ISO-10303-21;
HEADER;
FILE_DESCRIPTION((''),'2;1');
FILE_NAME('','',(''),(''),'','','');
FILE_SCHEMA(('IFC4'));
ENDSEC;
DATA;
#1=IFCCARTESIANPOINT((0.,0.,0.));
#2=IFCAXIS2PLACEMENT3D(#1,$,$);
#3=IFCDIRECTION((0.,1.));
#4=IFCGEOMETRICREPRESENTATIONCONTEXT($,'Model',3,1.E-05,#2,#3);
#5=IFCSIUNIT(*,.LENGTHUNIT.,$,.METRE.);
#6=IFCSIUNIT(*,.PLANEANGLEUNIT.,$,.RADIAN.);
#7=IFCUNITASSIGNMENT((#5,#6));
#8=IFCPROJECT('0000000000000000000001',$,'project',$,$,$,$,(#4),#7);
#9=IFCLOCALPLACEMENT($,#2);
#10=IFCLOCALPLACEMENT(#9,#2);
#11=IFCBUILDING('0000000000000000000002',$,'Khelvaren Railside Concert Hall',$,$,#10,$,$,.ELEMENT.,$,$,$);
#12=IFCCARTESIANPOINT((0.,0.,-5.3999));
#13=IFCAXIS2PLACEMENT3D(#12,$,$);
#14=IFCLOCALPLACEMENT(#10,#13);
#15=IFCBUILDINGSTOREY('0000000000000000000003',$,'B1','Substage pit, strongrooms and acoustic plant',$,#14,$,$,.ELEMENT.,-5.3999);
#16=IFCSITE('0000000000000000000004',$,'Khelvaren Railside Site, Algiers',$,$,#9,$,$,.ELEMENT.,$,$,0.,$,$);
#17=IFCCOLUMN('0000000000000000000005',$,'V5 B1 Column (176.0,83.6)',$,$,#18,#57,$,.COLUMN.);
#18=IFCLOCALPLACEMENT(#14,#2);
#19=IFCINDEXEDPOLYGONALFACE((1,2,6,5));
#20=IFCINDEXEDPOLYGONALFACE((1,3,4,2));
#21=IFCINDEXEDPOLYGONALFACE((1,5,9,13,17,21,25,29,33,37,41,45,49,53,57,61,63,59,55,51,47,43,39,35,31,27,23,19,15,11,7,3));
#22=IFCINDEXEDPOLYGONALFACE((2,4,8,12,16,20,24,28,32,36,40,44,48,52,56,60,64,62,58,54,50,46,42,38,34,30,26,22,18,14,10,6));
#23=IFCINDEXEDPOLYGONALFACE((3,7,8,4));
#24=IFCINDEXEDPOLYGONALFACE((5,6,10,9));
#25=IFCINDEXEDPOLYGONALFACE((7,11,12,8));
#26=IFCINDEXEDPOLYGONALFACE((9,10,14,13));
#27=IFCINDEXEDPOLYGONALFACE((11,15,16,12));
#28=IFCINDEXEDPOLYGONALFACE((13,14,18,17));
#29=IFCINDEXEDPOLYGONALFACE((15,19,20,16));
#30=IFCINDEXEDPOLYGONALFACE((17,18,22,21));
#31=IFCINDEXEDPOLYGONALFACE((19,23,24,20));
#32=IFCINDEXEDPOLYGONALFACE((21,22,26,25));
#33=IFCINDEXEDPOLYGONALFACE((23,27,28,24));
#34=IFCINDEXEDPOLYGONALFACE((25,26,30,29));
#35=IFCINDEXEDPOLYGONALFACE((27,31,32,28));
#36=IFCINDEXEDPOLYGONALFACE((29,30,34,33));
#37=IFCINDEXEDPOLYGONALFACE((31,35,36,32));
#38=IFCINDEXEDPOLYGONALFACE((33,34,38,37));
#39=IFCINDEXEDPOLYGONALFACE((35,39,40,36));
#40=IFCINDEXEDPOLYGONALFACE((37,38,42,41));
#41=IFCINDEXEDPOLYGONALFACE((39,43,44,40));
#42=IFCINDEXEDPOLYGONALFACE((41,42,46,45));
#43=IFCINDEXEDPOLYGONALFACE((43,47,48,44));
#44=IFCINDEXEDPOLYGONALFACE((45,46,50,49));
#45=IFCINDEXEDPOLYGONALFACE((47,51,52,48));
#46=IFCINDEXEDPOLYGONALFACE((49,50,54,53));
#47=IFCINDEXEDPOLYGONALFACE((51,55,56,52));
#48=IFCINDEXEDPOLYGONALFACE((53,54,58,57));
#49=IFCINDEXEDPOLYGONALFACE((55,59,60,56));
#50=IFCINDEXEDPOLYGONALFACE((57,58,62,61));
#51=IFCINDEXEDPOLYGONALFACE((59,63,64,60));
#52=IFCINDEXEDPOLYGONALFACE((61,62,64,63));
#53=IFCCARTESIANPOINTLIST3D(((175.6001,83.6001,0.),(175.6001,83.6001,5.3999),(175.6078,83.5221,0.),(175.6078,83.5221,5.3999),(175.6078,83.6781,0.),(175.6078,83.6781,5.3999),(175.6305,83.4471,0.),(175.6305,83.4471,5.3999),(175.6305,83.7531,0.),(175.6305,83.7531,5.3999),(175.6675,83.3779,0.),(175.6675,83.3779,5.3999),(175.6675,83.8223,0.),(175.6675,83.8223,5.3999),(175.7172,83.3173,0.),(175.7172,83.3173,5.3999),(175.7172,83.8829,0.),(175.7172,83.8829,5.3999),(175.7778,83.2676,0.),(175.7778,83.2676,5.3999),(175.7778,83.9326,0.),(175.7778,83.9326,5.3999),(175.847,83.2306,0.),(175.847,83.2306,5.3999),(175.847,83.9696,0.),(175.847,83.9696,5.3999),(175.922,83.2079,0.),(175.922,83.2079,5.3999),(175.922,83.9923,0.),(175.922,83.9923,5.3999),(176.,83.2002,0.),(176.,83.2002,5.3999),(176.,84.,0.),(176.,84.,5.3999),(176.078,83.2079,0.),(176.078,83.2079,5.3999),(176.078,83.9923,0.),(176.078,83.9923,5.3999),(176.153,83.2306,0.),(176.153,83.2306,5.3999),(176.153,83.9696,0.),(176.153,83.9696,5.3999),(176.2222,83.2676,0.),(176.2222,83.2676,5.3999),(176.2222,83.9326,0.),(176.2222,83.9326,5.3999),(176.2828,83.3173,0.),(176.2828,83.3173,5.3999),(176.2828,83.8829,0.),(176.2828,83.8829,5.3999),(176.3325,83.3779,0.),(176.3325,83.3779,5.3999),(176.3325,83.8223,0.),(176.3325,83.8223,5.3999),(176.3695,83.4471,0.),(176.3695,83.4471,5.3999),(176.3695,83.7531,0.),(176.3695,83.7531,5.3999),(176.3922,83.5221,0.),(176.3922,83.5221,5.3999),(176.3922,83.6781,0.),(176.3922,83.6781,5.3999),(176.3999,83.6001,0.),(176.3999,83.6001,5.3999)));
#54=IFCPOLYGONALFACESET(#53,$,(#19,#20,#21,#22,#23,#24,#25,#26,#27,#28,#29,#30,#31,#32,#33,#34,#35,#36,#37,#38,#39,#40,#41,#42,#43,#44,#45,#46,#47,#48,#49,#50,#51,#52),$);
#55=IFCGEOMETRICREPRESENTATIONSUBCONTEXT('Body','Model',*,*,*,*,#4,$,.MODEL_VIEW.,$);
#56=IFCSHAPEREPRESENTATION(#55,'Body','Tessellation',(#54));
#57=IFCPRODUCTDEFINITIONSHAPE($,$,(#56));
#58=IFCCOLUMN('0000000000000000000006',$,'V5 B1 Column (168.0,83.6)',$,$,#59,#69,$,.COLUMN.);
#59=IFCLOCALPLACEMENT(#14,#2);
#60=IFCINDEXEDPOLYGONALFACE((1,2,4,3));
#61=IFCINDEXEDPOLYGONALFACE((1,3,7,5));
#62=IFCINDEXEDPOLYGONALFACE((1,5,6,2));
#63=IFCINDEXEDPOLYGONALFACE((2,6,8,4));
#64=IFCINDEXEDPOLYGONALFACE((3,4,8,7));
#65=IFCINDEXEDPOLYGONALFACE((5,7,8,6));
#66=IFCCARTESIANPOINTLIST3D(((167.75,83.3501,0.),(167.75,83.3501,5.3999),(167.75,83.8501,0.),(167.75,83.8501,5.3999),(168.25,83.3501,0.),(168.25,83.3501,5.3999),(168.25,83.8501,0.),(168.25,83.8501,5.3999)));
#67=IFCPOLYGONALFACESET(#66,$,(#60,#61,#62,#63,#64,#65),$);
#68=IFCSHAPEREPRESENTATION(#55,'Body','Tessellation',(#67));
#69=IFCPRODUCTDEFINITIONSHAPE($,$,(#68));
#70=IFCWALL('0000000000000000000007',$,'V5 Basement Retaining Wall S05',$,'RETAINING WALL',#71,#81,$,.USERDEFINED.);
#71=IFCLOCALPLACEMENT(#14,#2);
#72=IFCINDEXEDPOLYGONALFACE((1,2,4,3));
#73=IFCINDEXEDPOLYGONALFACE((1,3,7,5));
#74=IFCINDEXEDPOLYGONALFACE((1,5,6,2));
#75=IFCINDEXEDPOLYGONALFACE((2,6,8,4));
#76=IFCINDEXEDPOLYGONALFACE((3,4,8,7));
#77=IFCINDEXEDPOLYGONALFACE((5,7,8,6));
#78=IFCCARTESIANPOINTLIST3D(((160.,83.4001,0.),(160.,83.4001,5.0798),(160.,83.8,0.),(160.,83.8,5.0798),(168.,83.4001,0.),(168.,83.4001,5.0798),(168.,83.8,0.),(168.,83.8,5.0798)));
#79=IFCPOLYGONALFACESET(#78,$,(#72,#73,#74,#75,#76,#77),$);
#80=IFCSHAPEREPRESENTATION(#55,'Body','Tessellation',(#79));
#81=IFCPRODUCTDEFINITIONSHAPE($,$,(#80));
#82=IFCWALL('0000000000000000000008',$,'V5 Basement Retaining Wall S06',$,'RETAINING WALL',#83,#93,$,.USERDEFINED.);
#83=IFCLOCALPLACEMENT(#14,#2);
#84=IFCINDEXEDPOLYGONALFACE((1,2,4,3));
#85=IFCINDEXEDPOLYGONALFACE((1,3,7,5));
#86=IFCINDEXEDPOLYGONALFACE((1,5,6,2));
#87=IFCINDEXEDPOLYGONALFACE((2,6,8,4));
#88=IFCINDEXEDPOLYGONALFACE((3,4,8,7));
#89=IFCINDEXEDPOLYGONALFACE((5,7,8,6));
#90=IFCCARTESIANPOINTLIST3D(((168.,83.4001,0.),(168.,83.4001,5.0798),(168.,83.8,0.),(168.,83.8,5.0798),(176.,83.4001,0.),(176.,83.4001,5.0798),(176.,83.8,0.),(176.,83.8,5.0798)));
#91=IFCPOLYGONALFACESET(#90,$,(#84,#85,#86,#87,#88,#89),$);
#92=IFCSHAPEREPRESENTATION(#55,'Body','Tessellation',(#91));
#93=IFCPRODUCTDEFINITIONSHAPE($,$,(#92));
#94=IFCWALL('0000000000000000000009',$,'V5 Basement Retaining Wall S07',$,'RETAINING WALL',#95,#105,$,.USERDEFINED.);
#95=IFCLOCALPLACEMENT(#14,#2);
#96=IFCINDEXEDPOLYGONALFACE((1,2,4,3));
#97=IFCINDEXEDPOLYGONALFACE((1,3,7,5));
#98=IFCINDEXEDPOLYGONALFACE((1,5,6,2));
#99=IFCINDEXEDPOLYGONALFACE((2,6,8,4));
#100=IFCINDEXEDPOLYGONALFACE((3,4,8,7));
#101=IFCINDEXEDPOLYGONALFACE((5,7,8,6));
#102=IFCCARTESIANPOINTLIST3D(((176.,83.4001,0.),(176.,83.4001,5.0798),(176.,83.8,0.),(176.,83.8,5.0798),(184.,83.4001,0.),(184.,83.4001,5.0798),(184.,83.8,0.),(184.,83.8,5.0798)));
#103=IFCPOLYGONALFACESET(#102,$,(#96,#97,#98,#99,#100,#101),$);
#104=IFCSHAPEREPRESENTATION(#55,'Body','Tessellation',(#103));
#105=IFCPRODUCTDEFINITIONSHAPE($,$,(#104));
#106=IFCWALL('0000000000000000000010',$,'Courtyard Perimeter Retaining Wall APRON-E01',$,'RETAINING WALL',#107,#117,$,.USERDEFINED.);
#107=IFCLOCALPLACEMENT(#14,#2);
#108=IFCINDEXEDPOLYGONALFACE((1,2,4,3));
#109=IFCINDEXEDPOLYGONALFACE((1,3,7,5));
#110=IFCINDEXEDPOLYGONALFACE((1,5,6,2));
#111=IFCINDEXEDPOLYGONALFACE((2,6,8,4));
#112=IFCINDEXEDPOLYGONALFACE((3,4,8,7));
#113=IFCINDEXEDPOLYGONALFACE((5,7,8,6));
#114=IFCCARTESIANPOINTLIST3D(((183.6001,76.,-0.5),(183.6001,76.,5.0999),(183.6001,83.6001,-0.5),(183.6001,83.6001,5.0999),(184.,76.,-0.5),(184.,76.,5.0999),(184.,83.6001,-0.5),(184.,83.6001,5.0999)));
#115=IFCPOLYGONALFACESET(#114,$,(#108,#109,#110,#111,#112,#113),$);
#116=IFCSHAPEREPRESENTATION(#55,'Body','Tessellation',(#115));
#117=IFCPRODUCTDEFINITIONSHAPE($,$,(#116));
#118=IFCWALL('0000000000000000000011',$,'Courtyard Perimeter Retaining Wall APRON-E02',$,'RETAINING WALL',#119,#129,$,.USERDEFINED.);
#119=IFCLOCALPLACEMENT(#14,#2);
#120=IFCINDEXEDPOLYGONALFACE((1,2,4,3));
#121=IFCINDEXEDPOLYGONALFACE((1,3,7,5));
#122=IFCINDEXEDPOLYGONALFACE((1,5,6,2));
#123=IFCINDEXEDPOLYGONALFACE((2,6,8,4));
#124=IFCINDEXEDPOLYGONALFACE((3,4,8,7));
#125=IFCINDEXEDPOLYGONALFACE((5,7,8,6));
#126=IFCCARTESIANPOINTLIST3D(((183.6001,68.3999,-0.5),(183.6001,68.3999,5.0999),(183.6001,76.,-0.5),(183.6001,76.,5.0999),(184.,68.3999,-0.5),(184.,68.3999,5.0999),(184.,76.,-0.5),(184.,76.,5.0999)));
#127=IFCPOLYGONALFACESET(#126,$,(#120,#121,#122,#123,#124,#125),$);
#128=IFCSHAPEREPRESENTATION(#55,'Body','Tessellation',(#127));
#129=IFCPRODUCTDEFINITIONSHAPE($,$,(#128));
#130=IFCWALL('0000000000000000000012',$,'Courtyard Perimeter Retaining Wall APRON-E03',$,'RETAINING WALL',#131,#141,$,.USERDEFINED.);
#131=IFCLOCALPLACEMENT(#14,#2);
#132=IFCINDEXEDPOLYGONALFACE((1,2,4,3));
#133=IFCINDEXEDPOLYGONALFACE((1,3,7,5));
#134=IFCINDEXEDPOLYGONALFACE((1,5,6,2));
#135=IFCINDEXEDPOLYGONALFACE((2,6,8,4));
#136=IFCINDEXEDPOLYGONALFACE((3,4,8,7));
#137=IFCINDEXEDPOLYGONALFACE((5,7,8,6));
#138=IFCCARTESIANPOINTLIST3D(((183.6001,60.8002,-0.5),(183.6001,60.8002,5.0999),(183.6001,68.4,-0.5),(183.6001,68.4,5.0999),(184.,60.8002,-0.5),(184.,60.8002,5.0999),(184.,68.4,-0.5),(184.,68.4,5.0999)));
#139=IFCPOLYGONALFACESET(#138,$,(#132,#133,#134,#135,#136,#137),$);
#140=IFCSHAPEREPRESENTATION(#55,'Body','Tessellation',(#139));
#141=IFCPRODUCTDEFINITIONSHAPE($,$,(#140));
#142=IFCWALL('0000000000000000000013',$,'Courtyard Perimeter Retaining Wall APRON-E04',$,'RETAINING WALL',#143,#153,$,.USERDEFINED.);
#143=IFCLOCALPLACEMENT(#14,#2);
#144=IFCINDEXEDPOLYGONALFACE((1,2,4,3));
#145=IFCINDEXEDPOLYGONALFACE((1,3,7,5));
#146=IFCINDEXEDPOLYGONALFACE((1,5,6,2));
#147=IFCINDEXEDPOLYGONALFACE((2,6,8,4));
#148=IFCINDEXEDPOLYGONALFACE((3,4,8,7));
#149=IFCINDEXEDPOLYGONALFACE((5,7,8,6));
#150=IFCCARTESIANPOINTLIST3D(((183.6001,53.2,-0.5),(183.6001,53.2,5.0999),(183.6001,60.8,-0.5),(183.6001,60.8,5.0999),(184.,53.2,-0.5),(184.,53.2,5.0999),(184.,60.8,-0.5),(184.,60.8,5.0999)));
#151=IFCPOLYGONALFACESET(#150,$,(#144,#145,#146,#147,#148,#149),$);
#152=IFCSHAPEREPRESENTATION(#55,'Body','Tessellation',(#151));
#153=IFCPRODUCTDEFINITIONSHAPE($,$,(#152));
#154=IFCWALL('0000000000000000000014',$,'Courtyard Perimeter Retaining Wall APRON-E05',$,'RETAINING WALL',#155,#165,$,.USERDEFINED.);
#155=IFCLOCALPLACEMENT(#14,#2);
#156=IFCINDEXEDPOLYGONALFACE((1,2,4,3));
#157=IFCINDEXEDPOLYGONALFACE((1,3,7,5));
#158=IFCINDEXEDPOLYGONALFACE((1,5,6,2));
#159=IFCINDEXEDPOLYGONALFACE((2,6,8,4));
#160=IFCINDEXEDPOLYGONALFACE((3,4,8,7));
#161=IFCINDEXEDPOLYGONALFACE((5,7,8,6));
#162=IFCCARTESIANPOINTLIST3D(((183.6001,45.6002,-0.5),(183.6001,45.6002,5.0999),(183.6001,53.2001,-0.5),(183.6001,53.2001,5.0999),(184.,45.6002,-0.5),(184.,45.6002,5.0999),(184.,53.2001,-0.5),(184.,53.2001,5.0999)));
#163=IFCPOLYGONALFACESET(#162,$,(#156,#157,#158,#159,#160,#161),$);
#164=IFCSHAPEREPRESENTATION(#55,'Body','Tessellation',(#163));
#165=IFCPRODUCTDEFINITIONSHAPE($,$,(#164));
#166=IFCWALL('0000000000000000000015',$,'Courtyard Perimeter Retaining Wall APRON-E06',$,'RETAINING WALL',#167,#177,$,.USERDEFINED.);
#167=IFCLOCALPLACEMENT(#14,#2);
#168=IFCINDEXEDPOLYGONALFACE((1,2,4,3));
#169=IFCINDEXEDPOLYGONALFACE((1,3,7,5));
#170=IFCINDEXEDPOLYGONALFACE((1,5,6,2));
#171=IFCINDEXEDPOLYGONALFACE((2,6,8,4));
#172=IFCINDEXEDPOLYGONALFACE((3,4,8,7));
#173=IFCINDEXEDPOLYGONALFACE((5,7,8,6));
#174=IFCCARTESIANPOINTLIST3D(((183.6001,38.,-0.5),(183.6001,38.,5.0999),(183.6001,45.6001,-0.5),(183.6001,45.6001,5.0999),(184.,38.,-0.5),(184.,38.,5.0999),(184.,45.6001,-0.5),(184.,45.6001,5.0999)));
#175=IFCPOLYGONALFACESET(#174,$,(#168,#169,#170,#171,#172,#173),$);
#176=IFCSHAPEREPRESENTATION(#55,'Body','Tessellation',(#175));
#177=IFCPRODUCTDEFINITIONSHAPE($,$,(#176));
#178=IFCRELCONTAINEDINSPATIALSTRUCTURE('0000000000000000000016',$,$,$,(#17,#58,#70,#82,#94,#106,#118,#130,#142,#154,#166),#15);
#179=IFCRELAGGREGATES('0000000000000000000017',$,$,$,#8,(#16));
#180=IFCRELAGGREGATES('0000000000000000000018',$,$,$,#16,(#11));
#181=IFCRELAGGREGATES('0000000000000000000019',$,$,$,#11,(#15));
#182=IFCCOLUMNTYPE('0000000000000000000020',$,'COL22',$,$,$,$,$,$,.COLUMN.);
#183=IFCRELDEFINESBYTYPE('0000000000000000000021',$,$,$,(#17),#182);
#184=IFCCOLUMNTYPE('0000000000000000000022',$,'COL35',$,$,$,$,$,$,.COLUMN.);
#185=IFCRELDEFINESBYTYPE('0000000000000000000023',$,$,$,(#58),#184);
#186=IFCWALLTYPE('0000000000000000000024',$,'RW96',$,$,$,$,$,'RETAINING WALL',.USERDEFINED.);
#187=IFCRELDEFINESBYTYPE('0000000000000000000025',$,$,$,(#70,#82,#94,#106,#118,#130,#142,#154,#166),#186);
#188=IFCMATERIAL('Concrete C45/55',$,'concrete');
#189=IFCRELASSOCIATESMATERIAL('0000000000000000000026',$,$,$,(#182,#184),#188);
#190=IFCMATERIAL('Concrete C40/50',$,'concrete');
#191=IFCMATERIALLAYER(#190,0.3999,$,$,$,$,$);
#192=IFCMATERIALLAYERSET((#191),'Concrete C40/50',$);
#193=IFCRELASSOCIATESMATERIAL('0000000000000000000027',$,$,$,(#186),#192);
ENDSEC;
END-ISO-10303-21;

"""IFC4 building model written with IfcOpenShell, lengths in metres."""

from ifc_helpers import new_model, si_unit, direction, frame, frame_2d, origin, origin_2d, place, context, subcontext, project, spatial, rectangle, circle, extrude, material, layer, layer_set, material_profile, profile_set, type_object, element, save


model = new_model("IFC4")

# Units and contexts
model_context = context("Model", 3, precision=1e-05, world=origin(), true_north=direction((0.0, 1.0)))
body_context = subcontext(model_context, "Body", "Model", "MODEL_VIEW")
ifc_project = project(units=[si_unit("LENGTHUNIT", "METRE"), si_unit("PLANEANGLEUNIT", "RADIAN")], contexts=[model_context])

# Site, building, storey
site_placement = place(None, origin())
site = spatial("IfcSite", under=ifc_project, at=site_placement, Name="Khelvaren Railside Site, Algiers", CompositionType="ELEMENT", RefElevation=0.0)
building_placement = place(site_placement, origin())
building = spatial("IfcBuilding", under=site, at=building_placement, Name="Khelvaren Railside Concert Hall", CompositionType="ELEMENT")
storey_placement = place(building_placement, frame((0.0, 0.0, -5.3999)))
storey = spatial("IfcBuildingStorey", under=building, at=storey_placement, Name="B1", Description="Substage pit, strongrooms and acoustic plant", CompositionType="ELEMENT", Elevation=-5.3999)

# Columns
ifc_material_1 = material(Name="Concrete C45/55", Category="concrete")
ifc_material_profile_1 = material_profile(ifc_material_1, circle(Radius=0.3999, at=origin_2d()), Name="RC D800")
ifc_profile_set_1 = profile_set([ifc_material_profile_1], Name="Concrete C45/55")
column_type_1 = type_object("IfcColumnType", Name="COL22", PredefinedType="COLUMN", material=ifc_profile_set_1)
column_1_placement = place(storey_placement, frame((176.0, 83.6001, 0.0), z_axis=(0.0, 0.0, 1.0), x_axis=(1.0, 0.0, 0.0)))
element("IfcColumn", 1, at=column_1_placement, inside=storey, type_object=column_type_1, Name="V5 B1 Column (176.0,83.6)", PredefinedType="COLUMN", context=body_context, shape_type="SweptSolid", body=[
    extrude(circle(Radius=0.3999, at=origin_2d()), origin(), (0.0, 0.0, 1.0), 5.3999),
])
ifc_material_profile_2 = material_profile(ifc_material_1, rectangle(XDim=0.5, YDim=0.5, at=origin_2d()), Name="RC 500x500")
ifc_profile_set_2 = profile_set([ifc_material_profile_2], Name="Concrete C45/55")
column_type_2 = type_object("IfcColumnType", Name="COL35", PredefinedType="COLUMN", material=ifc_profile_set_2)
column_2_placement = place(storey_placement, frame((168.0, 83.6001, 0.0), z_axis=(0.0, 0.0, 1.0), x_axis=(1.0, 0.0, 0.0)))
element("IfcColumn", 2, at=column_2_placement, inside=storey, type_object=column_type_2, Name="V5 B1 Column (168.0,83.6)", PredefinedType="COLUMN", context=body_context, shape_type="SweptSolid", body=[
    extrude(rectangle(XDim=0.5, YDim=0.5, at=origin_2d()), origin(), (0.0, 0.0, 1.0), 5.3999),
])

# Walls
ifc_material_2 = material(Name="Concrete C40/50", Category="concrete")
ifc_layer = layer(ifc_material_2, 0.3999)
ifc_layer_set = layer_set([ifc_layer], Name="Concrete C40/50")
wall_type = type_object("IfcWallType", Name="RW96", ElementType="RETAINING WALL", PredefinedType="USERDEFINED", material=ifc_layer_set)
for number, where, z_axis, x_axis, name in (
    (3, (160.0, 83.6001, 0.0), (0.0, 0.0, 1.0), (1.0, 0.0, 0.0), "V5 Basement Retaining Wall S05"),
    (4, (168.0, 83.6001, 0.0), (0.0, 0.0, 1.0), (1.0, 0.0, 0.0), "V5 Basement Retaining Wall S06"),
    (5, (176.0, 83.6001, 0.0), (0.0, 0.0, 1.0), (1.0, 0.0, 0.0), "V5 Basement Retaining Wall S07"),
):
    element("IfcWall", number, at=place(storey_placement, frame(where, z_axis=z_axis, x_axis=x_axis)), inside=storey, type_object=wall_type, Name=name, ObjectType="RETAINING WALL", PredefinedType="USERDEFINED", context=body_context, shape_type="SweptSolid", body=[
        extrude(rectangle(XDim=8.0, YDim=0.3999, at=frame_2d((4.0, 0.0))), origin(), (0.0, 0.0, 1.0), 5.0798),
    ])
for number, where, z_axis, x_axis, name in (
    (6, (183.8, 83.6001, -0.5), (0.0, 0.0, 1.0), (0.0, -1.0, 0.0), "Courtyard Perimeter Retaining Wall APRON-E01"),
    (7, (183.8, 76.0, -0.5), (0.0, 0.0, 1.0), (0.0, -1.0, 0.0), "Courtyard Perimeter Retaining Wall APRON-E02"),
):
    element("IfcWall", number, at=place(storey_placement, frame(where, z_axis=z_axis, x_axis=x_axis)), inside=storey, type_object=wall_type, Name=name, ObjectType="RETAINING WALL", PredefinedType="USERDEFINED", context=body_context, shape_type="SweptSolid", body=[
        extrude(rectangle(XDim=7.6001, YDim=0.3999, at=frame_2d((3.8, 0.0))), origin(), (0.0, 0.0, 1.0), 5.5999),
    ])
wall_1_placement = place(storey_placement, frame((183.8, 68.3999, -0.5), z_axis=(0.0, 0.0, 1.0), x_axis=(0.0, -1.0, 0.0)))
element("IfcWall", 8, at=wall_1_placement, inside=storey, type_object=wall_type, Name="Courtyard Perimeter Retaining Wall APRON-E03", ObjectType="RETAINING WALL", PredefinedType="USERDEFINED", context=body_context, shape_type="SweptSolid", body=[
    extrude(rectangle(XDim=7.5999, YDim=0.3999, at=frame_2d((3.7998, 0.0))), origin(), (0.0, 0.0, 1.0), 5.5999),
])
wall_2_placement = place(storey_placement, frame((183.8, 60.8, -0.5), z_axis=(0.0, 0.0, 1.0), x_axis=(0.0, -1.0, 0.0)))
element("IfcWall", 9, at=wall_2_placement, inside=storey, type_object=wall_type, Name="Courtyard Perimeter Retaining Wall APRON-E04", ObjectType="RETAINING WALL", PredefinedType="USERDEFINED", context=body_context, shape_type="SweptSolid", body=[
    extrude(rectangle(XDim=7.6001, YDim=0.3999, at=frame_2d((3.8, 0.0))), origin(), (0.0, 0.0, 1.0), 5.5999),
])
wall_3_placement = place(storey_placement, frame((183.8, 53.2, -0.5), z_axis=(0.0, 0.0, 1.0), x_axis=(0.0, -1.0, 0.0)))
element("IfcWall", 10, at=wall_3_placement, inside=storey, type_object=wall_type, Name="Courtyard Perimeter Retaining Wall APRON-E05", ObjectType="RETAINING WALL", PredefinedType="USERDEFINED", context=body_context, shape_type="SweptSolid", body=[
    extrude(rectangle(XDim=7.5999, YDim=0.3999, at=frame_2d((3.7998, 0.0))), origin(), (0.0, 0.0, 1.0), 5.5999),
])
wall_4_placement = place(storey_placement, frame((183.8, 45.6001, -0.5), z_axis=(0.0, 0.0, 1.0), x_axis=(0.0, -1.0, 0.0)))
element("IfcWall", 11, at=wall_4_placement, inside=storey, type_object=wall_type, Name="Courtyard Perimeter Retaining Wall APRON-E06", ObjectType="RETAINING WALL", PredefinedType="USERDEFINED", context=body_context, shape_type="SweptSolid", body=[
    extrude(rectangle(XDim=7.6001, YDim=0.3999, at=frame_2d((3.8, 0.0))), origin(), (0.0, 0.0, 1.0), 5.5999),
])

save(model, "model.ifc")
